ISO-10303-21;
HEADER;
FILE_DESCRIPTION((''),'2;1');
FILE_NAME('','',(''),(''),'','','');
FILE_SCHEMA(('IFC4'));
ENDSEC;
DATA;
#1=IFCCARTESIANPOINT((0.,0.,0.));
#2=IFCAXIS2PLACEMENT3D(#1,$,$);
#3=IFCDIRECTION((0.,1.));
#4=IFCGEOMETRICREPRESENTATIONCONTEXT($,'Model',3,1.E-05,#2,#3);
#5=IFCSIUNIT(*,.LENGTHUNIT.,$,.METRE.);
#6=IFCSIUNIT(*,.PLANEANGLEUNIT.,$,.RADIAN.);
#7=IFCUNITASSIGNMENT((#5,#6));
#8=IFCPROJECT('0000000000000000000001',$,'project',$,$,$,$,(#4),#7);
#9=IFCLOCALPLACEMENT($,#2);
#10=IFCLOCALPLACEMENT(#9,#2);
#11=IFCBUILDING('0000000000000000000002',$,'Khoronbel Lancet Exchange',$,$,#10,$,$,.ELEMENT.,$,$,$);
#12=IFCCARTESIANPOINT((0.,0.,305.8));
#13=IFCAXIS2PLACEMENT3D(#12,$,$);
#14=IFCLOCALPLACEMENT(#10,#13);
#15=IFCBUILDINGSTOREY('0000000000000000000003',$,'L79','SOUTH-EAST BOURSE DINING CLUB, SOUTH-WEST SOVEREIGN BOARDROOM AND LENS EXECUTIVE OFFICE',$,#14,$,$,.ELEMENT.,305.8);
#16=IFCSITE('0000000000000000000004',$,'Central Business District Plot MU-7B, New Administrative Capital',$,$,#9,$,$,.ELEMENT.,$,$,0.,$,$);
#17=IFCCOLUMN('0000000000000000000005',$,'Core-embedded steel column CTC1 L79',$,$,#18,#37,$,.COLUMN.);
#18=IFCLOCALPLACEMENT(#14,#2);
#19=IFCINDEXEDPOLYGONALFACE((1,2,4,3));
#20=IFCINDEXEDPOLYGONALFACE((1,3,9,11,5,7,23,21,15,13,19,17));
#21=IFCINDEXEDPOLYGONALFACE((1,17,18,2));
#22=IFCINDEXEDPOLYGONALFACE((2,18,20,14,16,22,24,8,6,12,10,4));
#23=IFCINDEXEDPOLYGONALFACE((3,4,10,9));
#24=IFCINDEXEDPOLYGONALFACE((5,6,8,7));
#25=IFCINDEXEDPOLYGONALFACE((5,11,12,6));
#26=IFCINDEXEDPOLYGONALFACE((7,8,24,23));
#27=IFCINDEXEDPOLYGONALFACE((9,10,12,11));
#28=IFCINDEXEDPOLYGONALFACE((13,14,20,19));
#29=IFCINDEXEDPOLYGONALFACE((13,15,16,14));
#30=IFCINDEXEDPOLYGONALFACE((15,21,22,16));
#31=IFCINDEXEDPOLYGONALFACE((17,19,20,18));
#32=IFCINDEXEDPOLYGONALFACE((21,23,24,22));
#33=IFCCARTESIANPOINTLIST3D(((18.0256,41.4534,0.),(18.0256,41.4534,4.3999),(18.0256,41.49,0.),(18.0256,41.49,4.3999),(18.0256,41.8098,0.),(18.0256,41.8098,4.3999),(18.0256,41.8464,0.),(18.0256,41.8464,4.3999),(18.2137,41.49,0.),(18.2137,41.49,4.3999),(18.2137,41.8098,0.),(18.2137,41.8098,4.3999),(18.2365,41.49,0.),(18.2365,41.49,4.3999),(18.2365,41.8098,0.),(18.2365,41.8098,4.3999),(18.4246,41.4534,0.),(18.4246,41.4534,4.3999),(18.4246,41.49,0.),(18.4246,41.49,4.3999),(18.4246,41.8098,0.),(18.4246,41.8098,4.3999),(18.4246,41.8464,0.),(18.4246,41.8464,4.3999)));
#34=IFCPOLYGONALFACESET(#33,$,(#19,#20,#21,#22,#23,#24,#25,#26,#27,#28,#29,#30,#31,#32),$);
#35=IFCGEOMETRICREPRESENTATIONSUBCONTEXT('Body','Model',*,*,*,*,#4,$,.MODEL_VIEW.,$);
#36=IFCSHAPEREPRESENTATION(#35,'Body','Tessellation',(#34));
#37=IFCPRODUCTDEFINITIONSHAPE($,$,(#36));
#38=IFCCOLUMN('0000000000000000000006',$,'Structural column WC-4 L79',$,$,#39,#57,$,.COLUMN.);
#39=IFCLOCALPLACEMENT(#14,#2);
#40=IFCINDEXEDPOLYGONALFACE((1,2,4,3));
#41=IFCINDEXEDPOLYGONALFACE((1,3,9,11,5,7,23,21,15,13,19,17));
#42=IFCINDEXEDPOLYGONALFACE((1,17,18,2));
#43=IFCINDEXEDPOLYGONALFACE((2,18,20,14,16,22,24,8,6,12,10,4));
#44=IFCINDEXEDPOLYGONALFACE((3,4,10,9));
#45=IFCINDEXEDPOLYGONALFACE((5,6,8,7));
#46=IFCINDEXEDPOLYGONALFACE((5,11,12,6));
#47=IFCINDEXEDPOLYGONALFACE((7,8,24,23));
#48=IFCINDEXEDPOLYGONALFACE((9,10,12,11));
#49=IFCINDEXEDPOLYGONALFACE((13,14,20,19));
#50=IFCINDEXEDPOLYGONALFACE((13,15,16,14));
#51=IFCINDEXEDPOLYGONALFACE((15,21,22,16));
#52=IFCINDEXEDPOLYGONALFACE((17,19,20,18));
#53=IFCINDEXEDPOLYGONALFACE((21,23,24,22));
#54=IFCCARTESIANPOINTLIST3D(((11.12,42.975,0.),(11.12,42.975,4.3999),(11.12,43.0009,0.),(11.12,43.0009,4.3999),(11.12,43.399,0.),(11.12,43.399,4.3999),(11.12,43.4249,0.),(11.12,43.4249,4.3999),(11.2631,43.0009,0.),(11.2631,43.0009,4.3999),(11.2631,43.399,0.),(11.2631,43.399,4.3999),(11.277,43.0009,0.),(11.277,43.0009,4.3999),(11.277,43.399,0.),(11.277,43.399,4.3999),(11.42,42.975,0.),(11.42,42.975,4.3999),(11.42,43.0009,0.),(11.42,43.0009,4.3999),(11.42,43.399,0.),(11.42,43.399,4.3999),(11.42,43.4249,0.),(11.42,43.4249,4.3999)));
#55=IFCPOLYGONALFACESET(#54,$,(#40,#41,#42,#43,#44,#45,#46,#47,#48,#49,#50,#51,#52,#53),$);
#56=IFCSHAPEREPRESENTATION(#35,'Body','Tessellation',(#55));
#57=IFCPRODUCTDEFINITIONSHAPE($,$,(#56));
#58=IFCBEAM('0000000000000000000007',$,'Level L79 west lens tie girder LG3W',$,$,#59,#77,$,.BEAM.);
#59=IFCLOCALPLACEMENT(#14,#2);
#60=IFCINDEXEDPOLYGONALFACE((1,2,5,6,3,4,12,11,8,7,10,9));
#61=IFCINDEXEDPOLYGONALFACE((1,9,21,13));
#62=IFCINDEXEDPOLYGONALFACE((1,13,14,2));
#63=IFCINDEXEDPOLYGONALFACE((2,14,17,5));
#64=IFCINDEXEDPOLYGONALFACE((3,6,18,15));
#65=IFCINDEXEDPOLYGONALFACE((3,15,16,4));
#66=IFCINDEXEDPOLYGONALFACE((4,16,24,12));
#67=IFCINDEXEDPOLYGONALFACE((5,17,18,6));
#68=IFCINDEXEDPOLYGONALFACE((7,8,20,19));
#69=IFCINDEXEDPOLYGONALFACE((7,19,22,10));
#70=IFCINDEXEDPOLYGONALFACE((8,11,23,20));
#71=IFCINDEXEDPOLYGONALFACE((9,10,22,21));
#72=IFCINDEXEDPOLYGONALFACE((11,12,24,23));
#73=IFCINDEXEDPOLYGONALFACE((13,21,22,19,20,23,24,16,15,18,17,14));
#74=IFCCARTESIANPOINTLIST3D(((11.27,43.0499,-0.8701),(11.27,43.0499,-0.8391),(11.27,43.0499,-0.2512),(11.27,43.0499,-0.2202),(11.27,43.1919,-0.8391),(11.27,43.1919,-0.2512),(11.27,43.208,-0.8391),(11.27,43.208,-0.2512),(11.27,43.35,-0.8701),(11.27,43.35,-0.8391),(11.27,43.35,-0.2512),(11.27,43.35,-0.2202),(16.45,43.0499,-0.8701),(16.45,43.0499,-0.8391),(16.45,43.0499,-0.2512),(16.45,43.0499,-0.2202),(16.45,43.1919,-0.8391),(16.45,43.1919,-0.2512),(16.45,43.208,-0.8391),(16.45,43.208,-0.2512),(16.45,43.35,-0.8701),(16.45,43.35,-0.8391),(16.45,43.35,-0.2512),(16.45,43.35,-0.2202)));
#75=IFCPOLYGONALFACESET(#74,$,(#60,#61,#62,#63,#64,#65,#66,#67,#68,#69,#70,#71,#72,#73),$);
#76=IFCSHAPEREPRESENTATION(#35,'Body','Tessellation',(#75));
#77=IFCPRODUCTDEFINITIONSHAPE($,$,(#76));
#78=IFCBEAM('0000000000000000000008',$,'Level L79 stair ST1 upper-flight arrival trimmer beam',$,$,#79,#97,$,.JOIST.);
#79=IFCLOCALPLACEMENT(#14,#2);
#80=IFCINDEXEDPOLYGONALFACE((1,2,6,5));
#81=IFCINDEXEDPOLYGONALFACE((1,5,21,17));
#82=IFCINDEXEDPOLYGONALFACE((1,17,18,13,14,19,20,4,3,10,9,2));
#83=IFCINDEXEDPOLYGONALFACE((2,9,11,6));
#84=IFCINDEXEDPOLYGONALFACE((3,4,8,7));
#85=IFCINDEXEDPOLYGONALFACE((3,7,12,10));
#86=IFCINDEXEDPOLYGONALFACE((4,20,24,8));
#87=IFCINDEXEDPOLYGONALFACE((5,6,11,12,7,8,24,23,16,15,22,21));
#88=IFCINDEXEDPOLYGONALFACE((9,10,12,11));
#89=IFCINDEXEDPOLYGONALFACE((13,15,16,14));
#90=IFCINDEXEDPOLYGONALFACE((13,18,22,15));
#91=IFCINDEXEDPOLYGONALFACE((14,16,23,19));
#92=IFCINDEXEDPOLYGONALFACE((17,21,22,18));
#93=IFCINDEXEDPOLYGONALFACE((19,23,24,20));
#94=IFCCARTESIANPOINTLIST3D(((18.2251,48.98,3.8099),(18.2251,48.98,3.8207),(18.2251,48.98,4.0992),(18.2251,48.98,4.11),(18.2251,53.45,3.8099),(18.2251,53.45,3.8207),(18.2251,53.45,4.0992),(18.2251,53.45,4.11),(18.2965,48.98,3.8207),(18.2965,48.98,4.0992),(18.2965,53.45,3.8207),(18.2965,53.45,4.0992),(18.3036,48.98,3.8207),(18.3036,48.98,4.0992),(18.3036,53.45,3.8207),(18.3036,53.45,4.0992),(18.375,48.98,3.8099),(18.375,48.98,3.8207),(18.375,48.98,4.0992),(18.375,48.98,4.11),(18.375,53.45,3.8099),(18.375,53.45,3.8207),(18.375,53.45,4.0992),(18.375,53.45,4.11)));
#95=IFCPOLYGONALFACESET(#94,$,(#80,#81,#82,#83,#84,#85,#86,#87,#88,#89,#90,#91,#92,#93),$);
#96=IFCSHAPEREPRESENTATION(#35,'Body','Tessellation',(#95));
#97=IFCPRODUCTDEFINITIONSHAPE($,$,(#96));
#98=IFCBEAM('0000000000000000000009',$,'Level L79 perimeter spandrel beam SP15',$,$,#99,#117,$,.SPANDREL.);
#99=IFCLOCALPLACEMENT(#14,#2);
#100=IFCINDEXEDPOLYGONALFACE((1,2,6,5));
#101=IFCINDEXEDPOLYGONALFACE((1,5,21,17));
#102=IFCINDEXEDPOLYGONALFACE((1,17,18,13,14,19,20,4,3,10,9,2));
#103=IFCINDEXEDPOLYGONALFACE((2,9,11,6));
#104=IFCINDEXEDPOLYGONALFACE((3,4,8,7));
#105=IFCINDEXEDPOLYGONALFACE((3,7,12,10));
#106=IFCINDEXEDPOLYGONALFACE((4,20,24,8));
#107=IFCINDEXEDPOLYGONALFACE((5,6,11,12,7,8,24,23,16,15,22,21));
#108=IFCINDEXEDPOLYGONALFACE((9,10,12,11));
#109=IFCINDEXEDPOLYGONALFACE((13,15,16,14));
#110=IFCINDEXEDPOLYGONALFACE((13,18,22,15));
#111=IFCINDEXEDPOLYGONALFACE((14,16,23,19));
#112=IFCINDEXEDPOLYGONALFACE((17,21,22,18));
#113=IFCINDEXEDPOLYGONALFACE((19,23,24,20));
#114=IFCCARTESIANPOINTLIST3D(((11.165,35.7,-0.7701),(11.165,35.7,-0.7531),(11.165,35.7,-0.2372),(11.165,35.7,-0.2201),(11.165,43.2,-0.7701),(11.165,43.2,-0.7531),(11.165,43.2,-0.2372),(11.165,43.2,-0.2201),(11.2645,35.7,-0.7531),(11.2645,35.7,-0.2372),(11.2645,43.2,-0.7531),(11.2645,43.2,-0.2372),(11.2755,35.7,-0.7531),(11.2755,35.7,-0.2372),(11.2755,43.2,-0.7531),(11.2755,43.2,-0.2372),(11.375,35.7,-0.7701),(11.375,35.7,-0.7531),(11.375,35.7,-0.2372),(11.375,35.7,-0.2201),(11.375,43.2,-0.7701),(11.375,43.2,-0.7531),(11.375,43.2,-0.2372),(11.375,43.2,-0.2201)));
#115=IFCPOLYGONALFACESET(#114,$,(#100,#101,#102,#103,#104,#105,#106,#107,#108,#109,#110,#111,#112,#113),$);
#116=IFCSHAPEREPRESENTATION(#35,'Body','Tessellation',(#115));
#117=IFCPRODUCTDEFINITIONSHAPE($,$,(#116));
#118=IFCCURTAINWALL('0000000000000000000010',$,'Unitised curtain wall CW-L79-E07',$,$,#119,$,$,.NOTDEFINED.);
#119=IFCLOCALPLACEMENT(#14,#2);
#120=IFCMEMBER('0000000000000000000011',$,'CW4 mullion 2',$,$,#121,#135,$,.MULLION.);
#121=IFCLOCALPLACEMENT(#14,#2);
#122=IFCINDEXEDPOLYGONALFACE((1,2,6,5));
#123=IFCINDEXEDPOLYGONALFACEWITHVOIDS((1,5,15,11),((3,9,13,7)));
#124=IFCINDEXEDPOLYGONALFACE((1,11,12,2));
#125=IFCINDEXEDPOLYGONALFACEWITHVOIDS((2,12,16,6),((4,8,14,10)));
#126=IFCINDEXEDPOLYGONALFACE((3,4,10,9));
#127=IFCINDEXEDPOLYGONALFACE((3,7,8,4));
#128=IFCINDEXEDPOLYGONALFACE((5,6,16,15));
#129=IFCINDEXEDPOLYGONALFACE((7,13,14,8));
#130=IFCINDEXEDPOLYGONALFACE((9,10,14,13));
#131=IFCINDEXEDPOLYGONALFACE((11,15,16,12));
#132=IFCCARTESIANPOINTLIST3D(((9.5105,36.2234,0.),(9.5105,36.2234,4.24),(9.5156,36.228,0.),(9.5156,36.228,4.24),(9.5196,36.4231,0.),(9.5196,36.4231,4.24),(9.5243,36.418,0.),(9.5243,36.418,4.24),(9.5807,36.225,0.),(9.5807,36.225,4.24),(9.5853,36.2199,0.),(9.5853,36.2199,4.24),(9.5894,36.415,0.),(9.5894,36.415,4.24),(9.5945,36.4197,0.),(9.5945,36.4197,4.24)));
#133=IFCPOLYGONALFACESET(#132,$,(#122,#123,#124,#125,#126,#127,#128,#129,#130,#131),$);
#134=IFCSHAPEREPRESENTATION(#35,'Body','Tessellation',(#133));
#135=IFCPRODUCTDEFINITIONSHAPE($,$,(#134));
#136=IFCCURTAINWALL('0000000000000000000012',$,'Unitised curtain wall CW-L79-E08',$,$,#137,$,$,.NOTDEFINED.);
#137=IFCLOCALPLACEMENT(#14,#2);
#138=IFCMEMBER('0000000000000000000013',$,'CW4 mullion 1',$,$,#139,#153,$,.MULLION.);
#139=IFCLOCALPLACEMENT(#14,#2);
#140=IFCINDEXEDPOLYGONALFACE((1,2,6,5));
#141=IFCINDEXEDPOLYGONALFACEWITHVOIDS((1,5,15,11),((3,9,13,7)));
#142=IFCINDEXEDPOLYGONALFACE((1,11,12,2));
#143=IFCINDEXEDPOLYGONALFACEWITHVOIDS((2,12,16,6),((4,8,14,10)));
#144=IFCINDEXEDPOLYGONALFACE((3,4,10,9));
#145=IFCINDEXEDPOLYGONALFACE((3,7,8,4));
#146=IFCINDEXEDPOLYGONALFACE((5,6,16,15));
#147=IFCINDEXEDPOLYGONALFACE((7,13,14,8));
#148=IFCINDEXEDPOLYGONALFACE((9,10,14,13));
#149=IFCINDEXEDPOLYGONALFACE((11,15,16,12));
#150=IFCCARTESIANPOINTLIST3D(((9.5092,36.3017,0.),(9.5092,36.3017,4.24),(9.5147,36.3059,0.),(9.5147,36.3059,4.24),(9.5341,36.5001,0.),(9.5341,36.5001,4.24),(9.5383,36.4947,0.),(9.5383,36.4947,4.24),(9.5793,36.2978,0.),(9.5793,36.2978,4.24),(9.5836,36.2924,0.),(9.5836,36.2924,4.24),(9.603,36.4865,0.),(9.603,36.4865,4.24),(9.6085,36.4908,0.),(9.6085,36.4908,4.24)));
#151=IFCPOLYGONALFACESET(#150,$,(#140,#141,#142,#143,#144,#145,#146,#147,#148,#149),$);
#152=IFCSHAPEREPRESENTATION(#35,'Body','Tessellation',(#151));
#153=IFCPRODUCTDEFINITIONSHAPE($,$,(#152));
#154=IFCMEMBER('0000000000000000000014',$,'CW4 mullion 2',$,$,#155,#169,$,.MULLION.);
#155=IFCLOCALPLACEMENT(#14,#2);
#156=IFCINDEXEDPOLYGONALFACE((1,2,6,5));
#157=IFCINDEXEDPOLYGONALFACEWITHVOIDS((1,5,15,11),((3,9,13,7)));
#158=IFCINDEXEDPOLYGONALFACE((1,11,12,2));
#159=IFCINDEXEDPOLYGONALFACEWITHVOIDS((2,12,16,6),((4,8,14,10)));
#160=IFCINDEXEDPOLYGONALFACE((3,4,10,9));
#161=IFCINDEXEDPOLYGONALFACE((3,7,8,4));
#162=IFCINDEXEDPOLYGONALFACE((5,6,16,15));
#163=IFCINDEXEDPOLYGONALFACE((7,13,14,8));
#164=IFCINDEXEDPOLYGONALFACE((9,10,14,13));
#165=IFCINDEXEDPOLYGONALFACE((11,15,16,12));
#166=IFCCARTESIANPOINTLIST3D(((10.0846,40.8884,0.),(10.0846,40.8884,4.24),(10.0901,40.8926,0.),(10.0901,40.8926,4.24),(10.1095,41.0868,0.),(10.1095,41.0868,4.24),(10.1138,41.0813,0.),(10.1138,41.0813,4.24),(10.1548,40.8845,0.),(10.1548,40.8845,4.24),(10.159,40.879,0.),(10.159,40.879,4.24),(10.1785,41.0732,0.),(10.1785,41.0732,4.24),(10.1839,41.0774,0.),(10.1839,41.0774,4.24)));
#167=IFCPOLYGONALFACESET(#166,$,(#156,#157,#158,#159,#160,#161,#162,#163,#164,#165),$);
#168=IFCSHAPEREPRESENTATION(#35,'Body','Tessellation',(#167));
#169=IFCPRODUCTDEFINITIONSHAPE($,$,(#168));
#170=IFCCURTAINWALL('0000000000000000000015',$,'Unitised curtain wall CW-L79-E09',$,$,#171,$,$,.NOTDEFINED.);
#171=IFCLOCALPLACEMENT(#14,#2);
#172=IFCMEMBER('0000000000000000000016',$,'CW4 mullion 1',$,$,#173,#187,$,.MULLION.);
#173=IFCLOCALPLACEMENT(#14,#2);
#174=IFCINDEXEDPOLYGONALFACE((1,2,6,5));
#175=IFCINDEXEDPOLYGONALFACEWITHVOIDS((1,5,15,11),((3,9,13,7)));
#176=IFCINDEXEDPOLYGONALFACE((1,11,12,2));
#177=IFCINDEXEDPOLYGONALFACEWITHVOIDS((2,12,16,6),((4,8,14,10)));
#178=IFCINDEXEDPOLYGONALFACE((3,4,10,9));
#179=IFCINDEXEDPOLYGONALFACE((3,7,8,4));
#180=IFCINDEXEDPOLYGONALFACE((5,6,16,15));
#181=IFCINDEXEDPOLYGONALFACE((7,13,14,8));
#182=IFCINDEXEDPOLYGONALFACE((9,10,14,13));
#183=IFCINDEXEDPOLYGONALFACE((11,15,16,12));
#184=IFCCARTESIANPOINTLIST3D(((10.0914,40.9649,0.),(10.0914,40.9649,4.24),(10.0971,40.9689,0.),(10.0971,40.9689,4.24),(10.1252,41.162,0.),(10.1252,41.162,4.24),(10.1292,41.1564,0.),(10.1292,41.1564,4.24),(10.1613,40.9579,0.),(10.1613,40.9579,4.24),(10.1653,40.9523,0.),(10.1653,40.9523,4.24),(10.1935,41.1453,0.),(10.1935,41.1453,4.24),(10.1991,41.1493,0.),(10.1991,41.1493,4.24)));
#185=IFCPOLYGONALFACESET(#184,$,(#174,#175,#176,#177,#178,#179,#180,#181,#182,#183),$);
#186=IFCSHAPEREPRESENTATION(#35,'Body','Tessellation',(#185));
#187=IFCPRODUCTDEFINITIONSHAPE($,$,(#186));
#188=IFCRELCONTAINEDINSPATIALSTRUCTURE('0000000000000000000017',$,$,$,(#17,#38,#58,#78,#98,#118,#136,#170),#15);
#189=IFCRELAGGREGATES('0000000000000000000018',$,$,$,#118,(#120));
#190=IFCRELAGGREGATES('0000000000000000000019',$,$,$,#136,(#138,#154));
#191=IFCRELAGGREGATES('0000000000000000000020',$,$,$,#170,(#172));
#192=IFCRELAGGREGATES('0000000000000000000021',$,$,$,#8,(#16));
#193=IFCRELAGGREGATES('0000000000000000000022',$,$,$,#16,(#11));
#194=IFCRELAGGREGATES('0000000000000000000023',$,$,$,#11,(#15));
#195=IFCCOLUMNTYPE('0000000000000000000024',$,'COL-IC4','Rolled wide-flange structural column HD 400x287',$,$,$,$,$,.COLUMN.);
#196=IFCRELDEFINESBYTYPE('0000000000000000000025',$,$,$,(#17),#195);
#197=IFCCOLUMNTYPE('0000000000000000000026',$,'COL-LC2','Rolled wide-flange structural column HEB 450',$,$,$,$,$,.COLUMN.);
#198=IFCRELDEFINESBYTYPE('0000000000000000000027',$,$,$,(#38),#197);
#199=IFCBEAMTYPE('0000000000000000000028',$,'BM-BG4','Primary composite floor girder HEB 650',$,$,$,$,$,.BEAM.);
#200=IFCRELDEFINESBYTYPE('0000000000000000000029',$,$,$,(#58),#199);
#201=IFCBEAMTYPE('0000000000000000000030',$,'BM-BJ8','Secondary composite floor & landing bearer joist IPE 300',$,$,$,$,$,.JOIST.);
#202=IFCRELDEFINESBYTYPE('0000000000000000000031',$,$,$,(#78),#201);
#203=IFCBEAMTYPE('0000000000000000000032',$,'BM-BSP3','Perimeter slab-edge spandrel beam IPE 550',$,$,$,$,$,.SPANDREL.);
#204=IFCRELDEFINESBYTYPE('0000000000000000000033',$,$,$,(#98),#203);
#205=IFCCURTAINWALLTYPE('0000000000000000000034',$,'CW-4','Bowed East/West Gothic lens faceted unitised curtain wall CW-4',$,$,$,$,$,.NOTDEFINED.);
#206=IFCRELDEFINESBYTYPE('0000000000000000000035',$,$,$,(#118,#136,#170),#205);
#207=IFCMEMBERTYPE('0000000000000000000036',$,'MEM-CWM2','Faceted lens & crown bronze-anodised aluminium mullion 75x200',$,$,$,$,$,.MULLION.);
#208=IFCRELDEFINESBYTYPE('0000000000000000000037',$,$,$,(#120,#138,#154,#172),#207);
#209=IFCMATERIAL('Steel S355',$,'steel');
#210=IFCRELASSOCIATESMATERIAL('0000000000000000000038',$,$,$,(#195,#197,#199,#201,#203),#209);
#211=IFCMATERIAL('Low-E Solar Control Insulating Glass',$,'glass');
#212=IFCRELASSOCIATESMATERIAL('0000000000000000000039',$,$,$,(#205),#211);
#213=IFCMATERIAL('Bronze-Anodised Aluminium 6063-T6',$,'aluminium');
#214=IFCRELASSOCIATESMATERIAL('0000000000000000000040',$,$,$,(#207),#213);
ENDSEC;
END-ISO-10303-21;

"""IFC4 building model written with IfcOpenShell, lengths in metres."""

from ifc_helpers import new_model, si_unit, direction, frame, origin, origin_2d, place, context, subcontext, project, spatial, hollow_rectangle, i_section, extrude, material, material_profile, profile_set, type_object, element, aggregate, save


model = new_model("IFC4")

# Units and contexts
model_context = context("Model", 3, precision=1e-05, world=origin(), true_north=direction((0.0, 1.0)))
body_context = subcontext(model_context, "Body", "Model", "MODEL_VIEW")
ifc_project = project(units=[si_unit("LENGTHUNIT", "METRE"), si_unit("PLANEANGLEUNIT", "RADIAN")], contexts=[model_context])

# Site, building, storey
site_placement = place(None, origin())
site = spatial("IfcSite", under=ifc_project, at=site_placement, Name="Central Business District Plot MU-7B, New Administrative Capital", CompositionType="ELEMENT", RefElevation=0.0)
building_placement = place(site_placement, origin())
building = spatial("IfcBuilding", under=site, at=building_placement, Name="Khoronbel Lancet Exchange", CompositionType="ELEMENT")
storey_placement = place(building_placement, frame((0.0, 0.0, 305.8)))
storey = spatial("IfcBuildingStorey", under=building, at=storey_placement, Name="L79", Description="SOUTH-EAST BOURSE DINING CLUB, SOUTH-WEST SOVEREIGN BOARDROOM AND LENS EXECUTIVE OFFICE", CompositionType="ELEMENT", Elevation=305.8)

# Columns
ifc_material_1 = material(Name="Steel S355", Category="steel")
ifc_material_profile_1 = material_profile(ifc_material_1, i_section(OverallWidth=0.3989, OverallDepth=0.3931, WebThickness=0.0227, FlangeThickness=0.0366, at=origin_2d()), Name="HD 400x287")
ifc_profile_set_1 = profile_set([ifc_material_profile_1], Name="Steel S355")
column_type_1 = type_object("IfcColumnType", Name="COL-IC4", Description="Rolled wide-flange structural column HD 400x287", PredefinedType="COLUMN", material=ifc_profile_set_1)
column_1_placement = place(storey_placement, frame((18.2251, 41.6499, 0.0), z_axis=(0.0, 0.0, 1.0), x_axis=(1.0, 0.0, 0.0)))
element("IfcColumn", 1, at=column_1_placement, inside=storey, type_object=column_type_1, Name="Core-embedded steel column CTC1 L79", PredefinedType="COLUMN", context=body_context, shape_type="SweptSolid", body=[
    extrude(i_section(OverallWidth=0.3989, OverallDepth=0.3931, WebThickness=0.0227, FlangeThickness=0.0366, at=origin_2d()), origin(), (0.0, 0.0, 1.0), 4.3999),
])
ifc_material_profile_2 = material_profile(ifc_material_1, i_section(OverallWidth=0.3, OverallDepth=0.45, WebThickness=0.0139, FlangeThickness=0.0259, at=origin_2d()), Name="HEB 450")
ifc_profile_set_2 = profile_set([ifc_material_profile_2], Name="Steel S355")
column_type_2 = type_object("IfcColumnType", Name="COL-LC2", Description="Rolled wide-flange structural column HEB 450", PredefinedType="COLUMN", material=ifc_profile_set_2)
column_2_placement = place(storey_placement, frame((11.27, 43.2, 0.0), z_axis=(0.0, 0.0, 1.0), x_axis=(1.0, 0.0, 0.0)))
element("IfcColumn", 2, at=column_2_placement, inside=storey, type_object=column_type_2, Name="Structural column WC-4 L79", PredefinedType="COLUMN", context=body_context, shape_type="SweptSolid", body=[
    extrude(i_section(OverallWidth=0.3, OverallDepth=0.45, WebThickness=0.0139, FlangeThickness=0.0259, at=origin_2d()), origin(), (0.0, 0.0, 1.0), 4.3999),
])

# Beams
ifc_material_profile_3 = material_profile(ifc_material_1, i_section(OverallWidth=0.3, OverallDepth=0.6499, WebThickness=0.0161, FlangeThickness=0.031, at=origin_2d()), Name="HEB 650")
ifc_profile_set_3 = profile_set([ifc_material_profile_3], Name="Steel S355")
beam_type_1 = type_object("IfcBeamType", Name="BM-BG4", Description="Primary composite floor girder HEB 650", PredefinedType="BEAM", material=ifc_profile_set_3)
beam_1_placement = place(storey_placement, frame((11.27, 43.2, -0.5452), z_axis=(1.0, 0.0, 0.0), x_axis=(0.0, 1.0, 0.0)))
element("IfcBeam", 3, at=beam_1_placement, inside=storey, type_object=beam_type_1, Name="Level L79 west lens tie girder LG3W", PredefinedType="BEAM", context=body_context, shape_type="SweptSolid", body=[
    extrude(i_section(OverallWidth=0.3, OverallDepth=0.6499, WebThickness=0.0161, FlangeThickness=0.031, at=origin_2d()), origin(), (0.0, 0.0, 1.0), 5.1799),
])
ifc_material_profile_4 = material_profile(ifc_material_1, i_section(OverallWidth=0.1499, OverallDepth=0.3, WebThickness=0.0071, FlangeThickness=0.0107, at=origin_2d()), Name="IPE 300")
ifc_profile_set_4 = profile_set([ifc_material_profile_4], Name="Steel S355")
beam_type_2 = type_object("IfcBeamType", Name="BM-BJ8", Description="Secondary composite floor & landing bearer joist IPE 300", PredefinedType="JOIST", material=ifc_profile_set_4)
beam_2_placement = place(storey_placement, frame((18.3, 48.98, 3.96), z_axis=(0.0, 1.0, 0.0), x_axis=(-1.0, 0.0, 0.0)))
element("IfcBeam", 4, at=beam_2_placement, inside=storey, type_object=beam_type_2, Name="Level L79 stair ST1 upper-flight arrival trimmer beam", PredefinedType="JOIST", context=body_context, shape_type="SweptSolid", body=[
    extrude(i_section(OverallWidth=0.1499, OverallDepth=0.3, WebThickness=0.0071, FlangeThickness=0.0107, at=origin_2d()), origin(), (0.0, 0.0, 1.0), 4.47),
])
ifc_material_profile_5 = material_profile(ifc_material_1, i_section(OverallWidth=0.21, OverallDepth=0.55, WebThickness=0.011, FlangeThickness=0.0171, at=origin_2d()), Name="IPE 550")
ifc_profile_set_5 = profile_set([ifc_material_profile_5], Name="Steel S355")
beam_type_3 = type_object("IfcBeamType", Name="BM-BSP3", Description="Perimeter slab-edge spandrel beam IPE 550", PredefinedType="SPANDREL", material=ifc_profile_set_5)
beam_3_placement = place(storey_placement, frame((11.27, 43.2, -0.4951), z_axis=(0.0, -1.0, 0.0), x_axis=(1.0, 0.0, 0.0)))
element("IfcBeam", 5, at=beam_3_placement, inside=storey, type_object=beam_type_3, Name="Level L79 perimeter spandrel beam SP15", PredefinedType="SPANDREL", context=body_context, shape_type="SweptSolid", body=[
    extrude(i_section(OverallWidth=0.21, OverallDepth=0.55, WebThickness=0.011, FlangeThickness=0.0171, at=origin_2d()), origin(), (0.0, 0.0, 1.0), 7.5),
])

# Curtain wall, member
ifc_material_2 = material(Name="Low-E Solar Control Insulating Glass", Category="glass")
curtain_wall_type = type_object("IfcCurtainWallType", Name="CW-4", Description="Bowed East/West Gothic lens faceted unitised curtain wall CW-4", PredefinedType="NOTDEFINED", material=ifc_material_2)
curtain_wall_1_placement = place(storey_placement, origin())
curtain_wall_1 = element("IfcCurtainWall", 6, at=curtain_wall_1_placement, inside=storey, type_object=curtain_wall_type, Name="Unitised curtain wall CW-L79-E07", PredefinedType="NOTDEFINED")
ifc_material_3 = material(Name="Bronze-Anodised Aluminium 6063-T6", Category="aluminium")
ifc_material_profile_6 = material_profile(ifc_material_3, hollow_rectangle(XDim=0.075, YDim=0.2, WallThickness=0.0049, at=origin_2d()), Name="ALU MULLION 75x200")
ifc_profile_set_6 = profile_set([ifc_material_profile_6], Name="Bronze-Anodised Aluminium 6063-T6")
member_type_1 = type_object("IfcMemberType", Name="MEM-CWM2", Description="Faceted lens & crown bronze-anodised aluminium mullion 75x200", PredefinedType="MULLION", material=ifc_profile_set_6)
member_1_placement = place(storey_placement, frame((9.5525, 36.3215, 0.0), z_axis=(0.0, 0.0, 1.0), x_axis=(-0.998947, 0.045884, 0.0)))
member_1 = element("IfcMember", 7, at=member_1_placement, type_object=member_type_1, Name="CW4 mullion 2", PredefinedType="MULLION", context=body_context, shape_type="SweptSolid", body=[
    extrude(hollow_rectangle(XDim=0.075, YDim=0.2, WallThickness=0.0049, at=origin_2d()), origin(), (0.0, 0.0, 1.0), 4.24),
])
aggregate(curtain_wall_1, [member_1])

# Curtain walls, members
curtain_wall_2_placement = place(storey_placement, origin())
curtain_wall_2 = element("IfcCurtainWall", 8, at=curtain_wall_2_placement, inside=storey, type_object=curtain_wall_type, Name="Unitised curtain wall CW-L79-E08", PredefinedType="NOTDEFINED")
member_2_placement = place(storey_placement, frame((9.5588, 36.3962, 0.0), z_axis=(0.0, 0.0, 1.0), x_axis=(-0.992218, 0.124509, 0.0)))
member_2 = element("IfcMember", 9, at=member_2_placement, type_object=member_type_1, Name="CW4 mullion 1", PredefinedType="MULLION", context=body_context, shape_type="SweptSolid", body=[
    extrude(hollow_rectangle(XDim=0.075, YDim=0.2, WallThickness=0.0049, at=origin_2d()), origin(), (0.0, 0.0, 1.0), 4.24),
])
member_3_placement = place(storey_placement, frame((10.1343, 40.9829, 0.0), z_axis=(0.0, 0.0, 1.0), x_axis=(-0.992218, 0.124509, 0.0)))
member_3 = element("IfcMember", 10, at=member_3_placement, type_object=member_type_1, Name="CW4 mullion 2", PredefinedType="MULLION", context=body_context, shape_type="SweptSolid", body=[
    extrude(hollow_rectangle(XDim=0.075, YDim=0.2, WallThickness=0.0049, at=origin_2d()), origin(), (0.0, 0.0, 1.0), 4.24),
])
curtain_wall_3_placement = place(storey_placement, origin())
curtain_wall_3 = element("IfcCurtainWall", 11, at=curtain_wall_3_placement, inside=storey, type_object=curtain_wall_type, Name="Unitised curtain wall CW-L79-E09", PredefinedType="NOTDEFINED")
member_4_placement = place(storey_placement, frame((10.1453, 41.0571, 0.0), z_axis=(0.0, 0.0, 1.0), x_axis=(-0.98562, 0.168974, 0.0)))
member_4 = element("IfcMember", 12, at=member_4_placement, type_object=member_type_1, Name="CW4 mullion 1", PredefinedType="MULLION", context=body_context, shape_type="SweptSolid", body=[
    extrude(hollow_rectangle(XDim=0.075, YDim=0.2, WallThickness=0.0049, at=origin_2d()), origin(), (0.0, 0.0, 1.0), 4.24),
])

aggregate(curtain_wall_2, [member_2, member_3])
aggregate(curtain_wall_3, [member_4])

save(model, "model.ifc")
